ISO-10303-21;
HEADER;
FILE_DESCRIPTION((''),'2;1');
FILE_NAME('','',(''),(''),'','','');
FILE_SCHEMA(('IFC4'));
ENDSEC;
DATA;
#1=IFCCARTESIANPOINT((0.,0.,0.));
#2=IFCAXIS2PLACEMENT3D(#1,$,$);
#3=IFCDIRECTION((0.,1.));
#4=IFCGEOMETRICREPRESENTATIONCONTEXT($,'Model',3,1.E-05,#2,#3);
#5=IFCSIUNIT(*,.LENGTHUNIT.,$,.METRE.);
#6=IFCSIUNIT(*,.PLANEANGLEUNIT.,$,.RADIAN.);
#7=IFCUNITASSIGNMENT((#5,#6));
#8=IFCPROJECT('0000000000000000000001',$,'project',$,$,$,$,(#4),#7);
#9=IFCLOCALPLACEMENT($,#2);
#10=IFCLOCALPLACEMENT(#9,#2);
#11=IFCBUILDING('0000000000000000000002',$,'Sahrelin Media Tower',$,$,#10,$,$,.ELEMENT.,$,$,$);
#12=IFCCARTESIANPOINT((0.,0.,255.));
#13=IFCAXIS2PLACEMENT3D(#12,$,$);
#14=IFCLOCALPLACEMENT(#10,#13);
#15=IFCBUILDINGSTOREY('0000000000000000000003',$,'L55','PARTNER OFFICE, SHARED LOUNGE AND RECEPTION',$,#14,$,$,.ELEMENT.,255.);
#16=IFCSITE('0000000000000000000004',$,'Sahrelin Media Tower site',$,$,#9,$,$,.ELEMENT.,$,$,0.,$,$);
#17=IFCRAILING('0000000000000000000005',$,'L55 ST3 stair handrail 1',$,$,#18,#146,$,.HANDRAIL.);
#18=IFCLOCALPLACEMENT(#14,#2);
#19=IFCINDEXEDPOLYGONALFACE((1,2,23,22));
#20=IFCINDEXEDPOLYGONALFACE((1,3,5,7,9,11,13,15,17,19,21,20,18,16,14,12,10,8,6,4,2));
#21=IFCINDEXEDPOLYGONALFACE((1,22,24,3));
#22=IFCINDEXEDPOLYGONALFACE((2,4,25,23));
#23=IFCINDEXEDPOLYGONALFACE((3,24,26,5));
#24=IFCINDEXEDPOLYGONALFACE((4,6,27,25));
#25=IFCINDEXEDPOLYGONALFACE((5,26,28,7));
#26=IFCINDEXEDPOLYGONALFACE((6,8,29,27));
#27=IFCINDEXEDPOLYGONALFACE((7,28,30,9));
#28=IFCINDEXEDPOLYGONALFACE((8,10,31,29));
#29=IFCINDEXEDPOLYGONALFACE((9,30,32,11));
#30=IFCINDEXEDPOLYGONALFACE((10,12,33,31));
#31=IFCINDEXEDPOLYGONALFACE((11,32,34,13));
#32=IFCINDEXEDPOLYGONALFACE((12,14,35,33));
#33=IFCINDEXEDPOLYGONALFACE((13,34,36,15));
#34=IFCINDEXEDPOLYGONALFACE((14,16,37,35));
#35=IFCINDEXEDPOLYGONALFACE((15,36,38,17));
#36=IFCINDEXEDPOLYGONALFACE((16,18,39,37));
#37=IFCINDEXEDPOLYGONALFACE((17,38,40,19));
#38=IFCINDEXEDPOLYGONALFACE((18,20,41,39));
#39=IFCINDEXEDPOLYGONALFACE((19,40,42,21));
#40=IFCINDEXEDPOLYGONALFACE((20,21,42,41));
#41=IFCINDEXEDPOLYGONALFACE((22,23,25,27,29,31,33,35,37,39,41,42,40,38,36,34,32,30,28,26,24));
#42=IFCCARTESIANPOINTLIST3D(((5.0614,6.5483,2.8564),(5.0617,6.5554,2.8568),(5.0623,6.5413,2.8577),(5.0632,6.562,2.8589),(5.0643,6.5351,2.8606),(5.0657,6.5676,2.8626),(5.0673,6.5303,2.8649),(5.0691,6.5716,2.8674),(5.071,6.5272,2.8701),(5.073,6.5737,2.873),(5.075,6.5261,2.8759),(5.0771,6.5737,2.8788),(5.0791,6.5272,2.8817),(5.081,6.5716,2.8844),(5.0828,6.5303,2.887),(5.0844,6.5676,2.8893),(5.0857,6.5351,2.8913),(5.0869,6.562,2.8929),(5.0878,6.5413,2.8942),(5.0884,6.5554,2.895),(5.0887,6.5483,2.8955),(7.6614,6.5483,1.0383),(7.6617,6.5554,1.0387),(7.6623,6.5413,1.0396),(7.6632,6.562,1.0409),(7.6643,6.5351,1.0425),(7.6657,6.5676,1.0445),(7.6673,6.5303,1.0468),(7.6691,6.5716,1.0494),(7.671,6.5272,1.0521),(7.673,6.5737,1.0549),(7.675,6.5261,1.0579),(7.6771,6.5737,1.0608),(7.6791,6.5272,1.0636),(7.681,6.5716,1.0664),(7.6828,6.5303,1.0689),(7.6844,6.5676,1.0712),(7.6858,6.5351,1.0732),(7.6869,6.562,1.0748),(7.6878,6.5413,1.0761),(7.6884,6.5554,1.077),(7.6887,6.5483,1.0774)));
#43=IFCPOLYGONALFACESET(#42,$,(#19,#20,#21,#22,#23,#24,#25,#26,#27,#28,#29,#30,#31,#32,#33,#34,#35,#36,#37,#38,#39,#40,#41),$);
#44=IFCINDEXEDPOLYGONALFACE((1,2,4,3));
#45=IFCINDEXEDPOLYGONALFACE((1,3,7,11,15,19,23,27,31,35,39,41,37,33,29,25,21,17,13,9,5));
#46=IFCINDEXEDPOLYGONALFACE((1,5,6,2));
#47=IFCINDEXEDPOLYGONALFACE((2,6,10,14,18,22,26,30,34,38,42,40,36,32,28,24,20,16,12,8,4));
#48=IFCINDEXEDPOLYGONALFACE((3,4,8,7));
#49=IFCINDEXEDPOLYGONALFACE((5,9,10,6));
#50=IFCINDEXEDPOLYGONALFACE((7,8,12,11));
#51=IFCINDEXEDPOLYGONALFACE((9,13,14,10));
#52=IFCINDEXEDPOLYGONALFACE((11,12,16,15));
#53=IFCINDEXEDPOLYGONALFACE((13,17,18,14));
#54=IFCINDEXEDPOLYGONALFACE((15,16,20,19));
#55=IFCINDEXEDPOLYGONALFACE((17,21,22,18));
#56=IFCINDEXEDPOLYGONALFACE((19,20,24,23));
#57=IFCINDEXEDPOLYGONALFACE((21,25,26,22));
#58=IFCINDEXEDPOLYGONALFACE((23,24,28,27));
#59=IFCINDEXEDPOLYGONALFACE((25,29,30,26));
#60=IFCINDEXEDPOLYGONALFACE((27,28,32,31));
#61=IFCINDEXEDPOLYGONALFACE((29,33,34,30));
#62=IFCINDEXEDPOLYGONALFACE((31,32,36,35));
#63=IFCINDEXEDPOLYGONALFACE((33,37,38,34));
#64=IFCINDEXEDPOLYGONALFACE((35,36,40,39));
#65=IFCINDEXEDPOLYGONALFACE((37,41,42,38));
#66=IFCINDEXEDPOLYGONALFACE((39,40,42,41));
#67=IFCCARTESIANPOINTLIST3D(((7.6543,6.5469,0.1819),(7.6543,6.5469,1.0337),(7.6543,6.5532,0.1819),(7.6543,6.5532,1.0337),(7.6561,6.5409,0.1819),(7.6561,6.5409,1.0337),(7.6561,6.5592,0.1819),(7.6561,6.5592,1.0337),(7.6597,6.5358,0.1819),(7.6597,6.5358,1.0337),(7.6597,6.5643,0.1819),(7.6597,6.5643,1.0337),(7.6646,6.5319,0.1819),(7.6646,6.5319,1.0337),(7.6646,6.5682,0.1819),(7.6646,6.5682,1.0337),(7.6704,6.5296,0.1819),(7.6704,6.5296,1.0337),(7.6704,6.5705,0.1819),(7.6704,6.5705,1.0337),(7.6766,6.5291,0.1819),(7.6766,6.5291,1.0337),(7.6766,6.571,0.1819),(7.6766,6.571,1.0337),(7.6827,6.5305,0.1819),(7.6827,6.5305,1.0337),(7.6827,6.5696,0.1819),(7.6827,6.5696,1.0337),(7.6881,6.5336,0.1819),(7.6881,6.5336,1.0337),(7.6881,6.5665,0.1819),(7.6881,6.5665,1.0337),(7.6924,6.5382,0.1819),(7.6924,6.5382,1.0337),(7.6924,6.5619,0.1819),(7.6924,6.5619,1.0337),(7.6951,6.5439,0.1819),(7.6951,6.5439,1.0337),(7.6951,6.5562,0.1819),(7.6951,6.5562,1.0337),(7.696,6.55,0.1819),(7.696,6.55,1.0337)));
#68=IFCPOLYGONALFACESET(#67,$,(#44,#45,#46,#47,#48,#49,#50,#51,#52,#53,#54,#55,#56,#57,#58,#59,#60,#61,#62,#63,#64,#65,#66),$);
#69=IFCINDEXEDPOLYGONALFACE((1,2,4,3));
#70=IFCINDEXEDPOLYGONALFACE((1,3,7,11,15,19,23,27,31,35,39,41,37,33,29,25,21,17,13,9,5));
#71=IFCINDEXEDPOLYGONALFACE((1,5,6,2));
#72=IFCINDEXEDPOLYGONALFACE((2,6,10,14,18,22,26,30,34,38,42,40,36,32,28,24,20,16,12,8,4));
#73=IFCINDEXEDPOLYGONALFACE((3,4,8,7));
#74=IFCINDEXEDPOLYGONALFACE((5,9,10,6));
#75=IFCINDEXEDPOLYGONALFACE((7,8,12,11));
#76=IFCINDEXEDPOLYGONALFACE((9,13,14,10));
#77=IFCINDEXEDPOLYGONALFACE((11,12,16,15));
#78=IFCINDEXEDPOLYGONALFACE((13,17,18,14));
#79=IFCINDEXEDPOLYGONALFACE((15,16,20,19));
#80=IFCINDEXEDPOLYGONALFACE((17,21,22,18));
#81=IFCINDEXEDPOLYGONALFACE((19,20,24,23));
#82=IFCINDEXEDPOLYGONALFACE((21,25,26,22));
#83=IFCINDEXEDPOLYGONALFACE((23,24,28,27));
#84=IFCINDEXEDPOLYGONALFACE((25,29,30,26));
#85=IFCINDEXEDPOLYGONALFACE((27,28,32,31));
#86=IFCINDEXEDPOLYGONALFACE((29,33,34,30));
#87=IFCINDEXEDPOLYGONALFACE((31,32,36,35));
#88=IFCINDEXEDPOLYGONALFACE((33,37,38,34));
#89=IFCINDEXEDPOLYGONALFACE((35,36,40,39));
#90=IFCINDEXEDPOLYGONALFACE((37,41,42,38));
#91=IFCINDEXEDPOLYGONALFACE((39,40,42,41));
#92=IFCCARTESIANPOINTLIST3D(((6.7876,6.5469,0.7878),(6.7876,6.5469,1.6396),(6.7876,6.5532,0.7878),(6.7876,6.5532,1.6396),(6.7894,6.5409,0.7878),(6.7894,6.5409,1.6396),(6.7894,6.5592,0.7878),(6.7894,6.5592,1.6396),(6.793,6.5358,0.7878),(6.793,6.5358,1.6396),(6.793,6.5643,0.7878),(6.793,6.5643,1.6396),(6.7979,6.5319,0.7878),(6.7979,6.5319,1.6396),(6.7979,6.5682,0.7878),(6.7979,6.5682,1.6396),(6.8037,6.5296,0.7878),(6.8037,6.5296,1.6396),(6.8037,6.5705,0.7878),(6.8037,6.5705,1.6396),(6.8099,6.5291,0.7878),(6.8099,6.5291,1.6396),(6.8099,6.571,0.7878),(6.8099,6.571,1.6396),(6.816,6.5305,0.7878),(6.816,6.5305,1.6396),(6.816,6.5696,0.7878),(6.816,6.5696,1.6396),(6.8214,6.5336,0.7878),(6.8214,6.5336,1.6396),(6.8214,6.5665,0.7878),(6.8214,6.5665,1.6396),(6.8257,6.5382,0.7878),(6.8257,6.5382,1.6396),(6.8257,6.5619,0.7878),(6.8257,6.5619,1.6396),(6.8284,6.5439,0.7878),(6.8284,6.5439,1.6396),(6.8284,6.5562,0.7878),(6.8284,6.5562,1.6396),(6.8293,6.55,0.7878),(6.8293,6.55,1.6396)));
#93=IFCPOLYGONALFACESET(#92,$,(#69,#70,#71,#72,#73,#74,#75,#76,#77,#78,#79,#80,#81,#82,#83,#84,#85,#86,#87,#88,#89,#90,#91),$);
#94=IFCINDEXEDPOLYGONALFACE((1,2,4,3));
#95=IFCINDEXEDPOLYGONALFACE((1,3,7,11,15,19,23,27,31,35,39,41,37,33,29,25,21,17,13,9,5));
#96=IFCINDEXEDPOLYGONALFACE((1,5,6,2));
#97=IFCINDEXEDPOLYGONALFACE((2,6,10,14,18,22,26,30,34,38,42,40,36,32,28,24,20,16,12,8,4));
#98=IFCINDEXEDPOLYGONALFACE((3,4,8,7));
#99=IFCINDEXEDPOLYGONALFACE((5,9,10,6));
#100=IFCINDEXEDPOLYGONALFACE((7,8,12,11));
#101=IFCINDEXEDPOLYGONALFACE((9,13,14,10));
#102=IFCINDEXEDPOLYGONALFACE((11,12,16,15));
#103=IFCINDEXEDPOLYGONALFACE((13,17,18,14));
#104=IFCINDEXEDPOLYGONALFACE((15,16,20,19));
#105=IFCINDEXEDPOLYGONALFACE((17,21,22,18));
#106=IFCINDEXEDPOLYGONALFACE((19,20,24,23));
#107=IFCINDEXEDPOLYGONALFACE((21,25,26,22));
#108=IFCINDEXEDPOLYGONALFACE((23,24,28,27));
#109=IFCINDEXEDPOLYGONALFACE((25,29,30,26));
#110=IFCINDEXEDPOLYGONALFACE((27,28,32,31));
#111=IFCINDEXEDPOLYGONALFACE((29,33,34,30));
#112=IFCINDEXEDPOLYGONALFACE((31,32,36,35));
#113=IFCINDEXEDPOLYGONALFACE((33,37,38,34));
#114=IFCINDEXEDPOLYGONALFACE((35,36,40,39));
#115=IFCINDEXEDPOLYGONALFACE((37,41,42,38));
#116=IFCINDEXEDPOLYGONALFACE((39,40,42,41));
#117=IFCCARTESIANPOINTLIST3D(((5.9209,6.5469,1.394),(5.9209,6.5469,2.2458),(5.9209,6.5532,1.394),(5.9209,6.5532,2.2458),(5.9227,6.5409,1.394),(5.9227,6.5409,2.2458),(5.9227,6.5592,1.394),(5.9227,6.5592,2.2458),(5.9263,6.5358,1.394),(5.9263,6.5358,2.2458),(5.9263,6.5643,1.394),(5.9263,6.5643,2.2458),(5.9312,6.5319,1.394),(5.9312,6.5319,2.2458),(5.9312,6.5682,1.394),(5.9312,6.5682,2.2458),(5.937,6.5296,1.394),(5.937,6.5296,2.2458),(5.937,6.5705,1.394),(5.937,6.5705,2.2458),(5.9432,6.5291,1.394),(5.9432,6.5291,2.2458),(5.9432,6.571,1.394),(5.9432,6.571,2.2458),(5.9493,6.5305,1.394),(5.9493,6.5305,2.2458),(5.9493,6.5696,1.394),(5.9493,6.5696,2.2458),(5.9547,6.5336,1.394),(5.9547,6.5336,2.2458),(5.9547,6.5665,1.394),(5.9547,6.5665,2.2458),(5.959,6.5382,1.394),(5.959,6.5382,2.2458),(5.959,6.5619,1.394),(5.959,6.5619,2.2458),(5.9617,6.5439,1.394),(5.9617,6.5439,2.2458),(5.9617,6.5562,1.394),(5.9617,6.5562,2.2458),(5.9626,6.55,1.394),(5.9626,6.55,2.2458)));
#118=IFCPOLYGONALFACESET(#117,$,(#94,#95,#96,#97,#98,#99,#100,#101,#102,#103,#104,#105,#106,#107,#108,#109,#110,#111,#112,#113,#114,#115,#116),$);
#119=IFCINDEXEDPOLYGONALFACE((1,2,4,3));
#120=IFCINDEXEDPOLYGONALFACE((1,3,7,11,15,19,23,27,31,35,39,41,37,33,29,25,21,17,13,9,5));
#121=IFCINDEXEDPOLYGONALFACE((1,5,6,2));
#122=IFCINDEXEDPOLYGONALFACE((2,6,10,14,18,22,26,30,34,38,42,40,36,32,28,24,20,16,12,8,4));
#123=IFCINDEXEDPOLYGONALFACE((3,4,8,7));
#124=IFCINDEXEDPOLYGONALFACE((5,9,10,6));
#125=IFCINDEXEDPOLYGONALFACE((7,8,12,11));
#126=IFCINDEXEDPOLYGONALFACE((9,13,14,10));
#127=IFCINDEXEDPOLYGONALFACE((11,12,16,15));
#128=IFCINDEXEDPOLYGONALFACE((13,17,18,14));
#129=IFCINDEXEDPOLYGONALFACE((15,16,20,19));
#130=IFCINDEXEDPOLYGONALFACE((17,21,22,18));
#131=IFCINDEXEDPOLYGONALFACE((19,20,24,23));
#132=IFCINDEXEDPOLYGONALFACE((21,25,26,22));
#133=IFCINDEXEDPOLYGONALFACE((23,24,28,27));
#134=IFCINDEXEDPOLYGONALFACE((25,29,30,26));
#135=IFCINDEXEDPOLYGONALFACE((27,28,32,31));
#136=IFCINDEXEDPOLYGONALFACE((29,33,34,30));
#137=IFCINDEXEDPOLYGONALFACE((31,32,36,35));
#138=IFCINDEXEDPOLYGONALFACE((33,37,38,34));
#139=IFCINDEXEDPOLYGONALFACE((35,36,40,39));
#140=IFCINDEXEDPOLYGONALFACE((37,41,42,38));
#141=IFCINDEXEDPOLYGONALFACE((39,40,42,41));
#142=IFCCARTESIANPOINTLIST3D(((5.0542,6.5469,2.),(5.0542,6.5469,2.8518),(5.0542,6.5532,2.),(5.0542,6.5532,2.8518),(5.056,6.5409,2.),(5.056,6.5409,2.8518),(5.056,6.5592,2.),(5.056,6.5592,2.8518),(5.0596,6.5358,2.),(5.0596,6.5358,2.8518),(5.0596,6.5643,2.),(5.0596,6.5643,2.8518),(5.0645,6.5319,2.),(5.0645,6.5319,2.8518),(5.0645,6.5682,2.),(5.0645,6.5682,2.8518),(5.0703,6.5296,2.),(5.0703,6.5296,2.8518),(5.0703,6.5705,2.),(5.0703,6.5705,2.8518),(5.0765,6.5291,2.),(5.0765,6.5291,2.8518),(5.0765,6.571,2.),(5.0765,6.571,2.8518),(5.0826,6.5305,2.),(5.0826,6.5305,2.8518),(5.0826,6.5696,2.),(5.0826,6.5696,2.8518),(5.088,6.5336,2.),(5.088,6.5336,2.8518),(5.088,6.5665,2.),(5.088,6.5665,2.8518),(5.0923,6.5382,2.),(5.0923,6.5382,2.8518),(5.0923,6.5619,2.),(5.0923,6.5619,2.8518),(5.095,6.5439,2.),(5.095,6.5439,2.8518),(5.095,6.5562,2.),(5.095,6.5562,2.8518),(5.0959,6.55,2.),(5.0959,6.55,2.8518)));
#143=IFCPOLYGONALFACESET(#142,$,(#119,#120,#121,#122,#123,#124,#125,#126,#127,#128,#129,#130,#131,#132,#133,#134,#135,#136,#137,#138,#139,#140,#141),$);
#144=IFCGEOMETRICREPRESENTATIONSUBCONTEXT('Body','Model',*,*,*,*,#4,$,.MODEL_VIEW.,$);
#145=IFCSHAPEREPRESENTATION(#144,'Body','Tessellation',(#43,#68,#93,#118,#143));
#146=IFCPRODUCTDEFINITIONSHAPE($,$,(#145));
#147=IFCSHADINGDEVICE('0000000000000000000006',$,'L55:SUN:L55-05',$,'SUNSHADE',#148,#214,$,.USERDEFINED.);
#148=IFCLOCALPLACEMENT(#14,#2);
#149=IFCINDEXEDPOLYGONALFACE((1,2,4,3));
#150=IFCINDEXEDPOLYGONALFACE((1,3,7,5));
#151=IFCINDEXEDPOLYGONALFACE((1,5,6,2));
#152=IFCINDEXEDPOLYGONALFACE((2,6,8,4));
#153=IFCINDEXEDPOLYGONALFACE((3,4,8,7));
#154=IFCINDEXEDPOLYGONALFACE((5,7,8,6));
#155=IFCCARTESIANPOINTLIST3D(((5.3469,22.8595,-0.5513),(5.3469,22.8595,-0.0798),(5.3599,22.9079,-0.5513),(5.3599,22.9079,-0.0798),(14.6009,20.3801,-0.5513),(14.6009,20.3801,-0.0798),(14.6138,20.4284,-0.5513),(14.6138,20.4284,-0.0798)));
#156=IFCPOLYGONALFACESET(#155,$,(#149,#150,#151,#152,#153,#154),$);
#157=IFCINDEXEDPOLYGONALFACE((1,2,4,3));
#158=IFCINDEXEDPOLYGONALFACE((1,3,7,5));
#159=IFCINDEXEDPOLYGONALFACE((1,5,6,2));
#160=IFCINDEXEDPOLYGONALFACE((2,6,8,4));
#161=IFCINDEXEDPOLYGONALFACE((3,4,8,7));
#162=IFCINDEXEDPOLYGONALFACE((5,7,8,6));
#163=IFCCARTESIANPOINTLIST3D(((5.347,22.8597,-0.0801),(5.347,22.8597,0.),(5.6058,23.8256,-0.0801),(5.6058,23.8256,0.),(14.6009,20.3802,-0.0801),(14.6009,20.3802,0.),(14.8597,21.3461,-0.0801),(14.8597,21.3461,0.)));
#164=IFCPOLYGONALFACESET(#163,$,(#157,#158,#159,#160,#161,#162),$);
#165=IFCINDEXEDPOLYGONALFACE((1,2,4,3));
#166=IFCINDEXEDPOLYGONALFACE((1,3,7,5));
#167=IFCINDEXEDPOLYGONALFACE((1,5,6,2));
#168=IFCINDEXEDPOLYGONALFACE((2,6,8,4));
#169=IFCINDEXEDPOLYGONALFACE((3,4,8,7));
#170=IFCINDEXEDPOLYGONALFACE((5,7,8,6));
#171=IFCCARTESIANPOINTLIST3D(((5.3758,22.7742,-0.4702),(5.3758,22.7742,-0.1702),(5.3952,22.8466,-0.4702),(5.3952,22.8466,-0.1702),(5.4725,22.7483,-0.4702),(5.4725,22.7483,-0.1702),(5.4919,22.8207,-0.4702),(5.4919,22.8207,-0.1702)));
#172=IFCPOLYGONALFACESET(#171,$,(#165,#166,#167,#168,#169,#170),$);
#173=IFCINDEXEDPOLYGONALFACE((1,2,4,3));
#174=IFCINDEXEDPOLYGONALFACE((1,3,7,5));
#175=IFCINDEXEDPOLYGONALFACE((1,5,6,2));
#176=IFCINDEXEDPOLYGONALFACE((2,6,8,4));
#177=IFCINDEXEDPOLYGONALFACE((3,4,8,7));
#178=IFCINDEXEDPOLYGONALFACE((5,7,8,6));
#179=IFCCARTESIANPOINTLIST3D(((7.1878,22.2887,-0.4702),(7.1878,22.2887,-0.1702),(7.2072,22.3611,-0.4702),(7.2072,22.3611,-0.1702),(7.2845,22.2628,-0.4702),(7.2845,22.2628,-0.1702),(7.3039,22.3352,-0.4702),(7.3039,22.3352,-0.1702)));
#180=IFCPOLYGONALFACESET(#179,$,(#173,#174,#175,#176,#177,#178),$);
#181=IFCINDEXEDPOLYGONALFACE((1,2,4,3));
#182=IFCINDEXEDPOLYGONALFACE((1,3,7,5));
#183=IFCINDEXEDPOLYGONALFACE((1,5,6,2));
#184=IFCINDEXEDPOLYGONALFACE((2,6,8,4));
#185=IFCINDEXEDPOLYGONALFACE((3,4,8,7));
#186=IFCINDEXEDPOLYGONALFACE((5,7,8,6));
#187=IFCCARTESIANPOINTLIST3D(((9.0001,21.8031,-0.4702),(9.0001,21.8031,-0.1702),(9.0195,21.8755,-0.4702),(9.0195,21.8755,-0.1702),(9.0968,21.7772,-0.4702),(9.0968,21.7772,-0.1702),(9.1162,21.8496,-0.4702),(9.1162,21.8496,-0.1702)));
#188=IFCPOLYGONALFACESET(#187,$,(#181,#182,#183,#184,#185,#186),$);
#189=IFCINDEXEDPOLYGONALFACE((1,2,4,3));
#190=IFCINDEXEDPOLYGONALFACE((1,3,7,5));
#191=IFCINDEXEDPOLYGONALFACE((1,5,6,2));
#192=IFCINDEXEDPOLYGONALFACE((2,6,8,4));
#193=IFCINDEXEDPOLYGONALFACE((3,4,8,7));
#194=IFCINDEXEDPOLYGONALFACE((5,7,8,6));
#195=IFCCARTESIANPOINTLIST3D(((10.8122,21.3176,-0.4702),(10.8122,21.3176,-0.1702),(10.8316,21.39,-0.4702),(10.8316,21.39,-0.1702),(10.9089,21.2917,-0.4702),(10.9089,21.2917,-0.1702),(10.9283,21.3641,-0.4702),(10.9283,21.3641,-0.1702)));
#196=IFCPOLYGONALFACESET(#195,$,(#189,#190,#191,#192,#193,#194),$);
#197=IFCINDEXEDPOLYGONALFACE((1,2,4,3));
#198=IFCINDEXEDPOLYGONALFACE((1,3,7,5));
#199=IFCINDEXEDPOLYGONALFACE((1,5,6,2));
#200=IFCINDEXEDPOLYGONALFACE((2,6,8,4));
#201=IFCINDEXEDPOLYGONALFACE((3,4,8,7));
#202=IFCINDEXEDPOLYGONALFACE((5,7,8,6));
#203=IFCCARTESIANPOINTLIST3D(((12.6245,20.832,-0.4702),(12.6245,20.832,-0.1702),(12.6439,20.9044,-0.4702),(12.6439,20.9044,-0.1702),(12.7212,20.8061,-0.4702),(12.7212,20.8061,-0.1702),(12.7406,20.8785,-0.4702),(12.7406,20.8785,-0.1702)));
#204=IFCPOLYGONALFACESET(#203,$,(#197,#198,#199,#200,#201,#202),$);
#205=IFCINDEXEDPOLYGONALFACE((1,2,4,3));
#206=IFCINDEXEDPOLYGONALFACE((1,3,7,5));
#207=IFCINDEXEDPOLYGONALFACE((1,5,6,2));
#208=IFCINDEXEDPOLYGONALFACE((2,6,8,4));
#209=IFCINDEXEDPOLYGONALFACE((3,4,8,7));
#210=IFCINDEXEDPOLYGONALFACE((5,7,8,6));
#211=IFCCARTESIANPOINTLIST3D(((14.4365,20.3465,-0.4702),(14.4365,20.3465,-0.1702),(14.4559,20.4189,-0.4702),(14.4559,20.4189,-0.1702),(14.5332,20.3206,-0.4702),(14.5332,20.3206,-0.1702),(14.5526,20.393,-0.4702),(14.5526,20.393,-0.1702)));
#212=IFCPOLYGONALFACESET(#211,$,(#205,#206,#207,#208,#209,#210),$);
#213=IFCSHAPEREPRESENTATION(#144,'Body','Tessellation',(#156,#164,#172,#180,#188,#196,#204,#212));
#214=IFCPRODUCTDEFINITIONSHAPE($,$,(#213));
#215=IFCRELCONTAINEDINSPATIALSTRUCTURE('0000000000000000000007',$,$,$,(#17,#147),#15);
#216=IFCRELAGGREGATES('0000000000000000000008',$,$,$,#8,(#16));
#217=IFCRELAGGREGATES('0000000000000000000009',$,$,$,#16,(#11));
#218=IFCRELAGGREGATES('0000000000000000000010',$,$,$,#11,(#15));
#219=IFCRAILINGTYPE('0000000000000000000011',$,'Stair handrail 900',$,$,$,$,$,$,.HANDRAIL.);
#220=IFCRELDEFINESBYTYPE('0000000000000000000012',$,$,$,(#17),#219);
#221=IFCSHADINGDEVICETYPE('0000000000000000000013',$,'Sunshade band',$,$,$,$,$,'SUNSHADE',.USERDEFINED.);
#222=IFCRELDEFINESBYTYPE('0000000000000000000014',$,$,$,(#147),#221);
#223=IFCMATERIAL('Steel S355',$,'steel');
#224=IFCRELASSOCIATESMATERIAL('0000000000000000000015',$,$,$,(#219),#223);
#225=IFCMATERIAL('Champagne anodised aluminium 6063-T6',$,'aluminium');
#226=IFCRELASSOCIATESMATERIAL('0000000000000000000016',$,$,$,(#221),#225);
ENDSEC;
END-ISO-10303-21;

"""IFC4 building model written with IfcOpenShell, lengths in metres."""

from ifc_helpers import new_model, si_unit, direction, frame, origin, origin_2d, place, context, subcontext, project, spatial, rectangle, circle, extrude, material, type_object, element, save


model = new_model("IFC4")

# Units and contexts
model_context = context("Model", 3, precision=1e-05, world=origin(), true_north=direction((0.0, 1.0)))
body_context = subcontext(model_context, "Body", "Model", "MODEL_VIEW")
ifc_project = project(units=[si_unit("LENGTHUNIT", "METRE"), si_unit("PLANEANGLEUNIT", "RADIAN")], contexts=[model_context])

# Site, building, storey
site_placement = place(None, origin())
site = spatial("IfcSite", under=ifc_project, at=site_placement, Name="Sahrelin Media Tower site", CompositionType="ELEMENT", RefElevation=0.0)
building_placement = place(site_placement, origin())
building = spatial("IfcBuilding", under=site, at=building_placement, Name="Sahrelin Media Tower", CompositionType="ELEMENT")
storey_placement = place(building_placement, frame((0.0, 0.0, 255.0)))
storey = spatial("IfcBuildingStorey", under=building, at=storey_placement, Name="L55", Description="PARTNER OFFICE, SHARED LOUNGE AND RECEPTION", CompositionType="ELEMENT", Elevation=255.0)

# Shared definitions
ifc_material_1 = material(Name="Steel S355", Category="steel")

# Shared definitions
ifc_material_2 = material(Name="Champagne anodised aluminium 6063-T6", Category="aluminium")

# Shared definitions
placement_1 = place(storey_placement, frame((9.9688, 21.6006, 0.0), z_axis=(0.0, 0.0, 1.0), x_axis=(0.965929, -0.258808, 0.0)))

# Railing
railing_type_1 = type_object("IfcRailingType", Name="Stair handrail 900", PredefinedType="HANDRAIL", material=ifc_material_1)
railing_1_placement = place(storey_placement, frame((7.675, 6.55, 0.1819)))
element("IfcRailing", 1, at=railing_1_placement, inside=storey, type_object=railing_type_1, Name="L55 ST3 stair handrail 1", PredefinedType="HANDRAIL", context=body_context, shape_type="SweptSolid", body=[
    extrude(circle(Radius=0.0239, at=origin_2d()), frame((0.0, 0.0, 0.876), z_axis=(-0.819521, 0.0, 0.573049), x_axis=(0.0, -1.0, 0.0)), (0.0, 0.0, 1.0), 3.1726),
    extrude(circle(Radius=0.021, at=origin_2d()), origin(), (0.0, 0.0, 1.0), 0.8518),
    extrude(circle(Radius=0.021, at=origin_2d()), frame((-0.8667, 0.0, 0.606)), (0.0, 0.0, 1.0), 0.8518),
    extrude(circle(Radius=0.021, at=origin_2d()), frame((-1.7334, 0.0, 1.2122)), (0.0, 0.0, 1.0), 0.8518),
    extrude(circle(Radius=0.021, at=origin_2d()), frame((-2.6001, 0.0, 1.8181)), (0.0, 0.0, 1.0), 0.8518),
])

# Shading device
shading_device_type_1 = type_object("IfcShadingDeviceType", Name="Sunshade band", ElementType="SUNSHADE", PredefinedType="USERDEFINED", material=ifc_material_2)
element("IfcShadingDevice", 2, at=placement_1, inside=storey, type_object=shading_device_type_1, Name="L55:SUN:L55-05", ObjectType="SUNSHADE", PredefinedType="USERDEFINED", context=body_context, shape_type="SweptSolid", body=[
    extrude(rectangle(XDim=9.5803, YDim=0.05, at=origin_2d()), frame((0.0, 0.0449, -0.5513)), (0.0, 0.0, 1.0), 0.4714),
    extrude(rectangle(XDim=9.5803, YDim=1.0, at=origin_2d()), frame((0.0, 0.52, -0.0801)), (0.0, 0.0, 1.0), 0.0801),
    extrude(rectangle(XDim=0.1001, YDim=0.075, at=origin_2d()), frame((-4.6902, -0.0176, -0.4702)), (0.0, 0.0, 1.0), 0.3),
    extrude(rectangle(XDim=0.1001, YDim=0.075, at=origin_2d()), frame((-2.8142, -0.0176, -0.4702)), (0.0, 0.0, 1.0), 0.3),
    extrude(rectangle(XDim=0.1001, YDim=0.075, at=origin_2d()), frame((-0.938, -0.0176, -0.4702)), (0.0, 0.0, 1.0), 0.3),
    extrude(rectangle(XDim=0.1001, YDim=0.075, at=origin_2d()), frame((0.938, -0.0176, -0.4702)), (0.0, 0.0, 1.0), 0.3),
    extrude(rectangle(XDim=0.1001, YDim=0.075, at=origin_2d()), frame((2.8142, -0.0176, -0.4702)), (0.0, 0.0, 1.0), 0.3),
    extrude(rectangle(XDim=0.1001, YDim=0.075, at=origin_2d()), frame((4.6902, -0.0176, -0.4702)), (0.0, 0.0, 1.0), 0.3),
])

save(model, "model.ifc")
